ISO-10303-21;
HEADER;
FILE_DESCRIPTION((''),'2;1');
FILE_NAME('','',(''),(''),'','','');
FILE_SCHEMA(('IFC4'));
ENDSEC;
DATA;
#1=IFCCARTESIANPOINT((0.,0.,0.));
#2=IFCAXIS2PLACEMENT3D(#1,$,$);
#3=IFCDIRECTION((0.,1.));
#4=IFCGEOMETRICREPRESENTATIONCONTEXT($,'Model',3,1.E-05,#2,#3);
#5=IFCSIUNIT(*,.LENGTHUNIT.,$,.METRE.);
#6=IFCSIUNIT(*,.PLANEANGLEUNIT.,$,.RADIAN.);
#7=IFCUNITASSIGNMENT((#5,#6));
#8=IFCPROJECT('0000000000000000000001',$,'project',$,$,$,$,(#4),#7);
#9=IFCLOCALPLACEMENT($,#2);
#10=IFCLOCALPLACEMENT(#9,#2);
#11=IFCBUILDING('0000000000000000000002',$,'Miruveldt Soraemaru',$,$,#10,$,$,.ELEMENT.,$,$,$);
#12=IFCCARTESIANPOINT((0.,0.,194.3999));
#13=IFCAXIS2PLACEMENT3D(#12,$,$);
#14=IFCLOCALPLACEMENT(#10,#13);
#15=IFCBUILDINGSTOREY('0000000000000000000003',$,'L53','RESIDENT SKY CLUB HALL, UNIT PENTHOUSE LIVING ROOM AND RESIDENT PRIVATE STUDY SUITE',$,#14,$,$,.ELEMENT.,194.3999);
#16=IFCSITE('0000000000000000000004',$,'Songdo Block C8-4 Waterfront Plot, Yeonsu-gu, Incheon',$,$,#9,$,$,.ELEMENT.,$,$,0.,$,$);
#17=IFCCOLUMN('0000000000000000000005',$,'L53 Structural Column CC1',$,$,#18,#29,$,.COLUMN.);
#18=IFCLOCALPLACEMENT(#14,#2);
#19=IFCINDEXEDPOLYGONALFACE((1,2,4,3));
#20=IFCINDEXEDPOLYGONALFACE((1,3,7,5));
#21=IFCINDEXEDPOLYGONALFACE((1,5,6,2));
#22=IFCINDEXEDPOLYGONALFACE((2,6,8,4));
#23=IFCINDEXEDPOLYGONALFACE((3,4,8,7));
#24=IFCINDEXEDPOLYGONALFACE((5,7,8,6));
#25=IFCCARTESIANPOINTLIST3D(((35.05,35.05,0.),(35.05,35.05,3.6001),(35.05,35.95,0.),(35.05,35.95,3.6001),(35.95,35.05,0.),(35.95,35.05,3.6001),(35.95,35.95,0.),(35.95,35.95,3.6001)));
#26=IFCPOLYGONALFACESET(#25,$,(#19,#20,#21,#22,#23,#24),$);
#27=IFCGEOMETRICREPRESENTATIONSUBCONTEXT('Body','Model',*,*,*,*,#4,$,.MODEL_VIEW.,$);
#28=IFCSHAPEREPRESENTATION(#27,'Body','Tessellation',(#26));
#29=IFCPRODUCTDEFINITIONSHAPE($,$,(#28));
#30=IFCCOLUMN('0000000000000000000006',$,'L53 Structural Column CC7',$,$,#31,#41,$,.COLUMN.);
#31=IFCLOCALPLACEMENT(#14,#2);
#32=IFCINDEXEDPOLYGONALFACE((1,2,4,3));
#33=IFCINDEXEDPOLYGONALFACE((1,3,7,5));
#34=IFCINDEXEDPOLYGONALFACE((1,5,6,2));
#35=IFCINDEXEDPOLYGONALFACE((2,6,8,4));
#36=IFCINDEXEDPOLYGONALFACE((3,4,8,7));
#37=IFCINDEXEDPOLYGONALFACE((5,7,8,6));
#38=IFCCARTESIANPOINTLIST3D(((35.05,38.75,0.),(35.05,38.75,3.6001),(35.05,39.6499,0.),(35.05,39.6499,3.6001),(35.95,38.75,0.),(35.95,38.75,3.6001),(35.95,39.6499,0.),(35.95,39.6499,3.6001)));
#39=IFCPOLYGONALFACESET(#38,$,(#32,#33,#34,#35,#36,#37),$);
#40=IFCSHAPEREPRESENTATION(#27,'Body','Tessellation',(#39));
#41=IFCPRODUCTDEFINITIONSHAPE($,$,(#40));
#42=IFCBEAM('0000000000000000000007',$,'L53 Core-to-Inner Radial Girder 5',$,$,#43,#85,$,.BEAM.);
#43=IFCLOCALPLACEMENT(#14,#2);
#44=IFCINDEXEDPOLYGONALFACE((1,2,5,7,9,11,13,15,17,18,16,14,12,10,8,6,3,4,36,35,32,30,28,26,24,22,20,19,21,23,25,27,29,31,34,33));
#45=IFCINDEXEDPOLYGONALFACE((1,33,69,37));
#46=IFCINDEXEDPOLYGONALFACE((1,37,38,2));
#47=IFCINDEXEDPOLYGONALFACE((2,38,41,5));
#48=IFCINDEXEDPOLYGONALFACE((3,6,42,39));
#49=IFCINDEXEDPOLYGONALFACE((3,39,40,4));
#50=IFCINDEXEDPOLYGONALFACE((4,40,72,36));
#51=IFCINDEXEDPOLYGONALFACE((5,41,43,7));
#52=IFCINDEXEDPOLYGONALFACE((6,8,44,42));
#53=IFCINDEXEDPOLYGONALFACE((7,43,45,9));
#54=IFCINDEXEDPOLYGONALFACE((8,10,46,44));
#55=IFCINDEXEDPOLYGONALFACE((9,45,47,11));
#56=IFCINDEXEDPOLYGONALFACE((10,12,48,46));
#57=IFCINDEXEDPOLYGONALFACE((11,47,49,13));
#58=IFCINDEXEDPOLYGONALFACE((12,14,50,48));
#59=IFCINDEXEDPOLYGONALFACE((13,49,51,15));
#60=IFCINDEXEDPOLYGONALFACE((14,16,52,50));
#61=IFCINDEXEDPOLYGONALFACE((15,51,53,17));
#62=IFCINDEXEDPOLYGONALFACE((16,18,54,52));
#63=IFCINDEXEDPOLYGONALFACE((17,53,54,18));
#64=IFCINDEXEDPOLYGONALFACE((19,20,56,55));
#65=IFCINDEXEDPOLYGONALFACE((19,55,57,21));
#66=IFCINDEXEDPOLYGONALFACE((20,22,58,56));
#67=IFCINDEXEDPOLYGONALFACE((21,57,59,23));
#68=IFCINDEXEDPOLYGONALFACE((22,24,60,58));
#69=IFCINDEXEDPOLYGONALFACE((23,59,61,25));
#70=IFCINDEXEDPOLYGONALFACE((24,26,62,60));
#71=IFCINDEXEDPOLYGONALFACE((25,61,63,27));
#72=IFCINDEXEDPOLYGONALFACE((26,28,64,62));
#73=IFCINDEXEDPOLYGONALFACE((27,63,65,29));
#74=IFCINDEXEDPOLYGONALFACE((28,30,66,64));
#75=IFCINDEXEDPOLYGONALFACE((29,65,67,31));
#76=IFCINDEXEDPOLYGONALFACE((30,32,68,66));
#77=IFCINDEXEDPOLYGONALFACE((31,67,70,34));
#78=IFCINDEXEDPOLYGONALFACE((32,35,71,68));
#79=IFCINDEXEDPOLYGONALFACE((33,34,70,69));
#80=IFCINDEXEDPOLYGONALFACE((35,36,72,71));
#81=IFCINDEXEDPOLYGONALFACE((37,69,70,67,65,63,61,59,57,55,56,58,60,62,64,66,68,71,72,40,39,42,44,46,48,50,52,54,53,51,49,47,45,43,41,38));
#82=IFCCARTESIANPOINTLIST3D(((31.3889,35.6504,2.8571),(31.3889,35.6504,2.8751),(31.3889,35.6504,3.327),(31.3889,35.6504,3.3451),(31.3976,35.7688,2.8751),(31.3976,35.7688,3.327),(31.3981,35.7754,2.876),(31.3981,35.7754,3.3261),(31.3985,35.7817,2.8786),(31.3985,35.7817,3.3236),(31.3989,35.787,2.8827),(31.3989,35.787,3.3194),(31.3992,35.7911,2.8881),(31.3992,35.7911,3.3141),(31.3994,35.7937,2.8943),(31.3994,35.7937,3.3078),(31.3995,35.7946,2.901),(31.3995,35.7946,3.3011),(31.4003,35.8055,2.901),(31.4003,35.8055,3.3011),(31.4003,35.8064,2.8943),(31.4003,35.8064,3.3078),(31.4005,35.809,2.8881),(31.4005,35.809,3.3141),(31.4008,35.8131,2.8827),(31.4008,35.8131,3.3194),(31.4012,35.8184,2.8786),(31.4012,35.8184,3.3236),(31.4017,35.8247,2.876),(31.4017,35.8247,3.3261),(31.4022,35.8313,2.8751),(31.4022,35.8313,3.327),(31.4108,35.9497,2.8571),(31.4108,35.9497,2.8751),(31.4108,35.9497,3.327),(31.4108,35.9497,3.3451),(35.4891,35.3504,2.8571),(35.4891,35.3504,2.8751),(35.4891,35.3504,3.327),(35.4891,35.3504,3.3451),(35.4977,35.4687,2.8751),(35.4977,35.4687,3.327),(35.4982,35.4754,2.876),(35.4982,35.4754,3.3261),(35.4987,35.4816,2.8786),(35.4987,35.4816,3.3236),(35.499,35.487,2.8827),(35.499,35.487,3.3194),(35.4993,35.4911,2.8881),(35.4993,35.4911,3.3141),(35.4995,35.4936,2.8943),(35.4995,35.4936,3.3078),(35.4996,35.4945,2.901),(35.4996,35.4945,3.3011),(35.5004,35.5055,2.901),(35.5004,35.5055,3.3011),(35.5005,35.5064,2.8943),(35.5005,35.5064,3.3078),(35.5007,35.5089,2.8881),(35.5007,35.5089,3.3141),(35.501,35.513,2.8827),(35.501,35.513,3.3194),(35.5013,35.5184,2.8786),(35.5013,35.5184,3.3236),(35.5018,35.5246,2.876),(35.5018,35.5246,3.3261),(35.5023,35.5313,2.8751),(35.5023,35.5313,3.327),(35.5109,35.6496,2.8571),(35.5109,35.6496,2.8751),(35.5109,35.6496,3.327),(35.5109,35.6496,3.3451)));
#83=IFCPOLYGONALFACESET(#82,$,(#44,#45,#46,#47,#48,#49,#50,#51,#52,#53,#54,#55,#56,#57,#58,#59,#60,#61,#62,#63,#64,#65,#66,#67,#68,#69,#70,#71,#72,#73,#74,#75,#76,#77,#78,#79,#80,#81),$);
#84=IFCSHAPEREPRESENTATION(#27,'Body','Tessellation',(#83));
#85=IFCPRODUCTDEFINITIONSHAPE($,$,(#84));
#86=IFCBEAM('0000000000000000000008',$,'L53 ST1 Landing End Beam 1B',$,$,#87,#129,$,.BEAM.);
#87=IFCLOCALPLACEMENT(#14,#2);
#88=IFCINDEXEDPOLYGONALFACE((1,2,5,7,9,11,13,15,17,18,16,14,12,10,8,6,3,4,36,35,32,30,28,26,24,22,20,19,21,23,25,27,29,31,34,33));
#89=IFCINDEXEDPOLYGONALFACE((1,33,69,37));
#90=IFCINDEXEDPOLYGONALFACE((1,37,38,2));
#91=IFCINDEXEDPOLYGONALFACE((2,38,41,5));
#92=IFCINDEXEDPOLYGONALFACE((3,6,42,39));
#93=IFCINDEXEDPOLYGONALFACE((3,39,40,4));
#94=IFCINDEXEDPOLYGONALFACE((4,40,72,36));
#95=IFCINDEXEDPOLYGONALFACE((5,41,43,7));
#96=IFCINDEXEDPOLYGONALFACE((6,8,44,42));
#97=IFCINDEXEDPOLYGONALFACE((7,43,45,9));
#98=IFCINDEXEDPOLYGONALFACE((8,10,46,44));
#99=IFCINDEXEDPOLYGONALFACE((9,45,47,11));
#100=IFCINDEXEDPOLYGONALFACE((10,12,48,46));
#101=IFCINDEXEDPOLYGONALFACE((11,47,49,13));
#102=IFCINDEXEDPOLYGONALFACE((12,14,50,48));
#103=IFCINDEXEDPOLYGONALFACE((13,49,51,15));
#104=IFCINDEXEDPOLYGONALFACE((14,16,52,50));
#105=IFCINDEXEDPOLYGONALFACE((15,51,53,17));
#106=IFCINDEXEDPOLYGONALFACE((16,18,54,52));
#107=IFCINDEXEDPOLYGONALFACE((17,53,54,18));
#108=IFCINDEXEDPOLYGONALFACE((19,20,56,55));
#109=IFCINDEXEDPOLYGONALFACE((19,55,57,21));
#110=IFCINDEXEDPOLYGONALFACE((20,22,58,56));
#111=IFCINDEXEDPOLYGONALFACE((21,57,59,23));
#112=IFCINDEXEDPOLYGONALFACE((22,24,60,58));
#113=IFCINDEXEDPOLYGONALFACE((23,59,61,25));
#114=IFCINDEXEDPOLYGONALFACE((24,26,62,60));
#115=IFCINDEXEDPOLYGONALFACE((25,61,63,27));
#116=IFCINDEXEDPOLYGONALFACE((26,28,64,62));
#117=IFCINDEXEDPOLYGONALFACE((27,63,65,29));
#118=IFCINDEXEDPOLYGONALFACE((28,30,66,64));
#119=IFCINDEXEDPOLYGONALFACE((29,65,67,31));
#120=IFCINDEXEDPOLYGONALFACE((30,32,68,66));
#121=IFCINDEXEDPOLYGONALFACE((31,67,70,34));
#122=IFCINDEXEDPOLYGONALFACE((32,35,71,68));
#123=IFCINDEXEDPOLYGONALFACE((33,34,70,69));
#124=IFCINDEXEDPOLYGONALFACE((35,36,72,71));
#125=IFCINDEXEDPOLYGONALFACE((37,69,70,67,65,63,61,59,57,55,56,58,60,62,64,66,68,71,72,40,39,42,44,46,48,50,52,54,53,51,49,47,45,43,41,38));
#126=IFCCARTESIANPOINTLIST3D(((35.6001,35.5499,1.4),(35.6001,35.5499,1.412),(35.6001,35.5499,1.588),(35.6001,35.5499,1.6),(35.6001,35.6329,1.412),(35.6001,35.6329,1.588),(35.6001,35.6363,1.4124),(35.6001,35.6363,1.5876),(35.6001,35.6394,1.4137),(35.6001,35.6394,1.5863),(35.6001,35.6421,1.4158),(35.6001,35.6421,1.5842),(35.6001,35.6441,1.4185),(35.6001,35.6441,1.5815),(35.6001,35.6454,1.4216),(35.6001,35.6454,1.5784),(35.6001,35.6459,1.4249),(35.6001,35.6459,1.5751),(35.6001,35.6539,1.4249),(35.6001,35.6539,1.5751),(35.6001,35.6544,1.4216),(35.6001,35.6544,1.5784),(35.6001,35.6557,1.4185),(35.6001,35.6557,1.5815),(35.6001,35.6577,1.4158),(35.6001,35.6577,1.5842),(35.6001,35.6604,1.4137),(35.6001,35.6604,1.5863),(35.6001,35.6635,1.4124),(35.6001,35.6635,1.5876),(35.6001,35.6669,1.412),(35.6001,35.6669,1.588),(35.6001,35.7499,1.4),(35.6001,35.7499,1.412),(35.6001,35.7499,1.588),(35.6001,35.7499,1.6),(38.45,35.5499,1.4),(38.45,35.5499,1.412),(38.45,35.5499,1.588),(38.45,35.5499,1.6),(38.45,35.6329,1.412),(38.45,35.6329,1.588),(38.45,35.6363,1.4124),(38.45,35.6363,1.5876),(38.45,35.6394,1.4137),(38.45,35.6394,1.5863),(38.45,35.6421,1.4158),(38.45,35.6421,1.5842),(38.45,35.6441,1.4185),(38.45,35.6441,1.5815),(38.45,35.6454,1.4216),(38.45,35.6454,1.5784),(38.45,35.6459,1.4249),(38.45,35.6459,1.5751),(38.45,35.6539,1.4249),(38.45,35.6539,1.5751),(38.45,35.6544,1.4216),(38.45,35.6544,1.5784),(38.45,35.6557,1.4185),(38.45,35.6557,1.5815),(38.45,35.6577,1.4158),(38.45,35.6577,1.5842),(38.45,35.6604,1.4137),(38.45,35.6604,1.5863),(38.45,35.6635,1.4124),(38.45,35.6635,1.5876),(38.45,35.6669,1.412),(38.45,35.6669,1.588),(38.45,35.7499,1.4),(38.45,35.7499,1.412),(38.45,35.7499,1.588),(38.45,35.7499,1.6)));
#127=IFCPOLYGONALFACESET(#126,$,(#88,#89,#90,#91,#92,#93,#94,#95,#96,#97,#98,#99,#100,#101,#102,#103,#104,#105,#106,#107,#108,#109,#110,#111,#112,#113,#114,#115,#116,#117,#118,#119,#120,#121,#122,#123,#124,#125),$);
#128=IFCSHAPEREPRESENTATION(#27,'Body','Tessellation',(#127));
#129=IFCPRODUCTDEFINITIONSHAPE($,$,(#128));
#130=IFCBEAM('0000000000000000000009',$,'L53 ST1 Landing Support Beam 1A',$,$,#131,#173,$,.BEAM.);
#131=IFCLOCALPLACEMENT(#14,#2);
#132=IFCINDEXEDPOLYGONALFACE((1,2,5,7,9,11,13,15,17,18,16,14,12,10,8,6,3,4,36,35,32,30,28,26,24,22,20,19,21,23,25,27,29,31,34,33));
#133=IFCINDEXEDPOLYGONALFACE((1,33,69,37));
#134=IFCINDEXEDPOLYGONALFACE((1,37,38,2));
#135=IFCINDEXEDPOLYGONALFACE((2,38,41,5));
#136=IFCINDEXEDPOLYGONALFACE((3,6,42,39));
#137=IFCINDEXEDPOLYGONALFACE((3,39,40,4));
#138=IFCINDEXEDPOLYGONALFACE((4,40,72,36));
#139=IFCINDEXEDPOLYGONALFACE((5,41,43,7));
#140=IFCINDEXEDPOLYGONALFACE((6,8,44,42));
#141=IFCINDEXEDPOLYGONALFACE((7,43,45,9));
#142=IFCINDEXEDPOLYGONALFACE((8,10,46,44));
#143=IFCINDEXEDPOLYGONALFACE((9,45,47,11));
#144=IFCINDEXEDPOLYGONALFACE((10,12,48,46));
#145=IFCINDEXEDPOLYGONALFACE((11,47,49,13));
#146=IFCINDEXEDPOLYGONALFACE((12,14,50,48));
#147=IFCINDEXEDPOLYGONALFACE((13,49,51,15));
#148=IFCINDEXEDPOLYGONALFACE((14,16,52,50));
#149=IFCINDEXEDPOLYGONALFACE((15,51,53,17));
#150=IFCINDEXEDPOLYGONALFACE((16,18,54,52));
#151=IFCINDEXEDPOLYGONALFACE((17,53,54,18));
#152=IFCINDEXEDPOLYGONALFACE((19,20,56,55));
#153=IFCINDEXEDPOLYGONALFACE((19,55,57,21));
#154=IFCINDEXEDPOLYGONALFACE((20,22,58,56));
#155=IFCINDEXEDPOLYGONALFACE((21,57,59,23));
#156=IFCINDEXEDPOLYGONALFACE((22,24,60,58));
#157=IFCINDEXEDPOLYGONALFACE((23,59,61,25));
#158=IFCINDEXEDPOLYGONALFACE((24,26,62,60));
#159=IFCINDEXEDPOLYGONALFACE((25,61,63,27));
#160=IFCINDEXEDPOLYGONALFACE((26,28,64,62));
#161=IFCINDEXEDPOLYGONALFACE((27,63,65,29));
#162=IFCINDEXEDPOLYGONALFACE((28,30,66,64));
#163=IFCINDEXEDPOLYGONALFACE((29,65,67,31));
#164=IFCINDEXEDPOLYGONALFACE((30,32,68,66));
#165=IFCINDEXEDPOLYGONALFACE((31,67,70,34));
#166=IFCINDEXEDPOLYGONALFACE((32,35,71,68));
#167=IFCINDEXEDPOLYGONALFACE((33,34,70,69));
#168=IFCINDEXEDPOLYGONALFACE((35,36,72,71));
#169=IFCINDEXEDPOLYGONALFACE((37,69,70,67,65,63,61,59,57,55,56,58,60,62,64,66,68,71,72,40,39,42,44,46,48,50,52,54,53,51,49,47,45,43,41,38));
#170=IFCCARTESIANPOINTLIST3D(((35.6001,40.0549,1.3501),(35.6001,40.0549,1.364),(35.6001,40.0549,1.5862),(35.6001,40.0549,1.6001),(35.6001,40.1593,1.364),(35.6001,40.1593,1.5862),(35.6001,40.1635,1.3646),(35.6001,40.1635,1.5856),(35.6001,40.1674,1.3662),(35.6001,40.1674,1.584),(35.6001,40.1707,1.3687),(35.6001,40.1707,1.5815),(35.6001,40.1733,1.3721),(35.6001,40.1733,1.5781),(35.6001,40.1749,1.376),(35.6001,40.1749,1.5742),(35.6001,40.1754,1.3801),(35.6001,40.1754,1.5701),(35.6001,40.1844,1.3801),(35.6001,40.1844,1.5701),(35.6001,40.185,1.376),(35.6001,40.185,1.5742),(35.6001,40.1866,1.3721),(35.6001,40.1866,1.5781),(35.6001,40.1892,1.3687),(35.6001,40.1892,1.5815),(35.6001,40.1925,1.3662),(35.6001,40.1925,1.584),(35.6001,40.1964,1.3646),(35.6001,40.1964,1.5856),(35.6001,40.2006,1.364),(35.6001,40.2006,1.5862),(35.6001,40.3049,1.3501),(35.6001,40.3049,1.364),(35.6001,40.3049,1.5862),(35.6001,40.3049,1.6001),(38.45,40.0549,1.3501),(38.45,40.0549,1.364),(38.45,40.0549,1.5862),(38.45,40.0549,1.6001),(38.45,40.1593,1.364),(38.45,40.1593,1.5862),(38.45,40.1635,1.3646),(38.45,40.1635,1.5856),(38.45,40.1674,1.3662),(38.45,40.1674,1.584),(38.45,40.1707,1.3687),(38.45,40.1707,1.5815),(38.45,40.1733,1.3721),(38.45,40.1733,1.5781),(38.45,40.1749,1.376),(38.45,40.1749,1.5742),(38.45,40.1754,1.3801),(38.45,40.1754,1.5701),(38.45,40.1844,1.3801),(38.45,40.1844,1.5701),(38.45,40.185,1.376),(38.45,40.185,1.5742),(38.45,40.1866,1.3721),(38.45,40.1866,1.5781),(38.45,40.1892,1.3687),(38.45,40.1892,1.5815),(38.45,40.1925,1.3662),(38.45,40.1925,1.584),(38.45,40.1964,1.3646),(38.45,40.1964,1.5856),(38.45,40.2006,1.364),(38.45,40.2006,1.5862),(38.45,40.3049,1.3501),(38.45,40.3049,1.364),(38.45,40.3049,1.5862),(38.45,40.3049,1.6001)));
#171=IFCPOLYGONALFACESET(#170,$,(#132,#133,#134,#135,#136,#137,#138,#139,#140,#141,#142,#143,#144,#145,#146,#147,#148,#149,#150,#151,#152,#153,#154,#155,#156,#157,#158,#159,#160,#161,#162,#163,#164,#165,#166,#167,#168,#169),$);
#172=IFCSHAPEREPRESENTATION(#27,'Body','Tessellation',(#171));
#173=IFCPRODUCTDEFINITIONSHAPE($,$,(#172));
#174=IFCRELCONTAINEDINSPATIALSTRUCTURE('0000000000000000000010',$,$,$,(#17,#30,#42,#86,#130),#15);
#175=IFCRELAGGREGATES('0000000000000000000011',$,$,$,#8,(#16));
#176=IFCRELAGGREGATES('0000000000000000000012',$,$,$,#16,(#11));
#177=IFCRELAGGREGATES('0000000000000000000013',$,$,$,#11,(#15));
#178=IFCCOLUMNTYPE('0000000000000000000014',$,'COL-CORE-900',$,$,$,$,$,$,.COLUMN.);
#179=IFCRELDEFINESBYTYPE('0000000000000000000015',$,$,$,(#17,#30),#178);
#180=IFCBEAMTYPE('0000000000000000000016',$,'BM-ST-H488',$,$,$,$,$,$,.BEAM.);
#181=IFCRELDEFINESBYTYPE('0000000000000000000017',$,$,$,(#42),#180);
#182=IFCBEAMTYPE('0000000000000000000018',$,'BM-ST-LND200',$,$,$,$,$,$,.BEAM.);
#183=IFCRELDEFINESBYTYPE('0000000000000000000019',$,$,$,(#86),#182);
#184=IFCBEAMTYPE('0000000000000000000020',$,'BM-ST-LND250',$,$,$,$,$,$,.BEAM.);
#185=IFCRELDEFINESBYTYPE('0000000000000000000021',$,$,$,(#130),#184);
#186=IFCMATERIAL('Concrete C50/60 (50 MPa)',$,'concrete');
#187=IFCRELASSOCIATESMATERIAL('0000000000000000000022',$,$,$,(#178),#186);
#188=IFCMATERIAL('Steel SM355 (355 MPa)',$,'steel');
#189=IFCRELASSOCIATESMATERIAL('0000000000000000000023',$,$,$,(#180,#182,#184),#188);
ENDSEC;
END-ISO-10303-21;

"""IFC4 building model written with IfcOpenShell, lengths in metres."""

from ifc_helpers import new_model, si_unit, direction, frame, origin, origin_2d, place, context, subcontext, project, spatial, rectangle, i_section, extrude, material, material_profile, profile_set, type_object, element, save


model = new_model("IFC4")

# Units and contexts
model_context = context("Model", 3, precision=1e-05, world=origin(), true_north=direction((0.0, 1.0)))
body_context = subcontext(model_context, "Body", "Model", "MODEL_VIEW")
ifc_project = project(units=[si_unit("LENGTHUNIT", "METRE"), si_unit("PLANEANGLEUNIT", "RADIAN")], contexts=[model_context])

# Site, building, storey
site_placement = place(None, origin())
site = spatial("IfcSite", under=ifc_project, at=site_placement, Name="Songdo Block C8-4 Waterfront Plot, Yeonsu-gu, Incheon", CompositionType="ELEMENT", RefElevation=0.0)
building_placement = place(site_placement, origin())
building = spatial("IfcBuilding", under=site, at=building_placement, Name="Miruveldt Soraemaru", CompositionType="ELEMENT")
storey_placement = place(building_placement, frame((0.0, 0.0, 194.3999)))
storey = spatial("IfcBuildingStorey", under=building, at=storey_placement, Name="L53", Description="RESIDENT SKY CLUB HALL, UNIT PENTHOUSE LIVING ROOM AND RESIDENT PRIVATE STUDY SUITE", CompositionType="ELEMENT", Elevation=194.3999)

# Columns
ifc_material_1 = material(Name="Concrete C50/60 (50 MPa)", Category="concrete")
ifc_material_profile_1 = material_profile(ifc_material_1, rectangle(XDim=0.8999, YDim=0.8999, at=origin_2d()), Name="Concrete C50/60 (50 MPa)", Category="concrete")
ifc_profile_set_1 = profile_set([ifc_material_profile_1], Name="Concrete C50/60 (50 MPa)")
column_type = type_object("IfcColumnType", Name="COL-CORE-900", PredefinedType="COLUMN", material=ifc_profile_set_1)
for number, where, z_axis, x_axis, name in (
    (1, (35.5, 35.5, 0.0), (0.0, 0.0, 1.0), (1.0, 0.0, 0.0), "L53 Structural Column CC1"),
    (2, (35.5, 39.2, 0.0), (0.0, 0.0, 1.0), (1.0, 0.0, 0.0), "L53 Structural Column CC7"),
):
    element("IfcColumn", number, at=place(storey_placement, frame(where, z_axis=z_axis, x_axis=x_axis)), inside=storey, type_object=column_type, Name=name, PredefinedType="COLUMN", context=body_context, shape_type="SweptSolid", body=[
        extrude(rectangle(XDim=0.8999, YDim=0.8999, at=origin_2d()), origin(), (0.0, 0.0, 1.0), 3.6001),
    ])

# Beams
ifc_material_2 = material(Name="Steel SM355 (355 MPa)", Category="steel")
ifc_material_profile_2 = material_profile(ifc_material_2, i_section(OverallWidth=0.3, OverallDepth=0.488, WebThickness=0.011, FlangeThickness=0.0181, FilletRadius=0.0259, at=origin_2d()), Name="Steel SM355 (355 MPa)", Category="steel")
ifc_profile_set_2 = profile_set([ifc_material_profile_2], Name="Steel SM355 (355 MPa)")
beam_type_1 = type_object("IfcBeamType", Name="BM-ST-H488", PredefinedType="BEAM", material=ifc_profile_set_2)
beam_1_placement = place(storey_placement, frame((35.5, 35.5, 3.1011), z_axis=(-0.997333, 0.072986, 0.0), x_axis=(-0.072986, -0.997333, 0.0)))
element("IfcBeam", 3, at=beam_1_placement, inside=storey, type_object=beam_type_1, Name="L53 Core-to-Inner Radial Girder 5", PredefinedType="BEAM", context=body_context, shape_type="SweptSolid", body=[
    extrude(i_section(OverallWidth=0.3, OverallDepth=0.488, WebThickness=0.011, FlangeThickness=0.0181, FilletRadius=0.0259, at=origin_2d()), origin(), (0.0, 0.0, 1.0), 4.1111),
])
ifc_material_profile_3 = material_profile(ifc_material_2, i_section(OverallWidth=0.2, OverallDepth=0.2, WebThickness=0.0081, FlangeThickness=0.012, FilletRadius=0.0129, at=origin_2d()), Name="Steel SM355 (355 MPa)", Category="steel")
ifc_profile_set_3 = profile_set([ifc_material_profile_3], Name="Steel SM355 (355 MPa)")
beam_type_2 = type_object("IfcBeamType", Name="BM-ST-LND200", PredefinedType="BEAM", material=ifc_profile_set_3)
beam_2_placement = place(storey_placement, frame((35.6001, 35.6499, 1.5), z_axis=(1.0, 0.0, 0.0), x_axis=(0.0, 1.0, 0.0)))
element("IfcBeam", 4, at=beam_2_placement, inside=storey, type_object=beam_type_2, Name="L53 ST1 Landing End Beam 1B", PredefinedType="BEAM", context=body_context, shape_type="SweptSolid", body=[
    extrude(i_section(OverallWidth=0.2, OverallDepth=0.2, WebThickness=0.0081, FlangeThickness=0.012, FilletRadius=0.0129, at=origin_2d()), origin(), (0.0, 0.0, 1.0), 2.8499),
])
ifc_material_profile_4 = material_profile(ifc_material_2, i_section(OverallWidth=0.25, OverallDepth=0.25, WebThickness=0.009, FlangeThickness=0.0139, FilletRadius=0.0161, at=origin_2d()), Name="Steel SM355 (355 MPa)", Category="steel")
ifc_profile_set_4 = profile_set([ifc_material_profile_4], Name="Steel SM355 (355 MPa)")
beam_type_3 = type_object("IfcBeamType", Name="BM-ST-LND250", PredefinedType="BEAM", material=ifc_profile_set_4)
beam_3_placement = place(storey_placement, frame((35.6001, 40.1799, 1.4751), z_axis=(1.0, 0.0, 0.0), x_axis=(0.0, 1.0, 0.0)))
element("IfcBeam", 5, at=beam_3_placement, inside=storey, type_object=beam_type_3, Name="L53 ST1 Landing Support Beam 1A", PredefinedType="BEAM", context=body_context, shape_type="SweptSolid", body=[
    extrude(i_section(OverallWidth=0.25, OverallDepth=0.25, WebThickness=0.009, FlangeThickness=0.0139, FilletRadius=0.0161, at=origin_2d()), origin(), (0.0, 0.0, 1.0), 2.8499),
])

save(model, "model.ifc")
